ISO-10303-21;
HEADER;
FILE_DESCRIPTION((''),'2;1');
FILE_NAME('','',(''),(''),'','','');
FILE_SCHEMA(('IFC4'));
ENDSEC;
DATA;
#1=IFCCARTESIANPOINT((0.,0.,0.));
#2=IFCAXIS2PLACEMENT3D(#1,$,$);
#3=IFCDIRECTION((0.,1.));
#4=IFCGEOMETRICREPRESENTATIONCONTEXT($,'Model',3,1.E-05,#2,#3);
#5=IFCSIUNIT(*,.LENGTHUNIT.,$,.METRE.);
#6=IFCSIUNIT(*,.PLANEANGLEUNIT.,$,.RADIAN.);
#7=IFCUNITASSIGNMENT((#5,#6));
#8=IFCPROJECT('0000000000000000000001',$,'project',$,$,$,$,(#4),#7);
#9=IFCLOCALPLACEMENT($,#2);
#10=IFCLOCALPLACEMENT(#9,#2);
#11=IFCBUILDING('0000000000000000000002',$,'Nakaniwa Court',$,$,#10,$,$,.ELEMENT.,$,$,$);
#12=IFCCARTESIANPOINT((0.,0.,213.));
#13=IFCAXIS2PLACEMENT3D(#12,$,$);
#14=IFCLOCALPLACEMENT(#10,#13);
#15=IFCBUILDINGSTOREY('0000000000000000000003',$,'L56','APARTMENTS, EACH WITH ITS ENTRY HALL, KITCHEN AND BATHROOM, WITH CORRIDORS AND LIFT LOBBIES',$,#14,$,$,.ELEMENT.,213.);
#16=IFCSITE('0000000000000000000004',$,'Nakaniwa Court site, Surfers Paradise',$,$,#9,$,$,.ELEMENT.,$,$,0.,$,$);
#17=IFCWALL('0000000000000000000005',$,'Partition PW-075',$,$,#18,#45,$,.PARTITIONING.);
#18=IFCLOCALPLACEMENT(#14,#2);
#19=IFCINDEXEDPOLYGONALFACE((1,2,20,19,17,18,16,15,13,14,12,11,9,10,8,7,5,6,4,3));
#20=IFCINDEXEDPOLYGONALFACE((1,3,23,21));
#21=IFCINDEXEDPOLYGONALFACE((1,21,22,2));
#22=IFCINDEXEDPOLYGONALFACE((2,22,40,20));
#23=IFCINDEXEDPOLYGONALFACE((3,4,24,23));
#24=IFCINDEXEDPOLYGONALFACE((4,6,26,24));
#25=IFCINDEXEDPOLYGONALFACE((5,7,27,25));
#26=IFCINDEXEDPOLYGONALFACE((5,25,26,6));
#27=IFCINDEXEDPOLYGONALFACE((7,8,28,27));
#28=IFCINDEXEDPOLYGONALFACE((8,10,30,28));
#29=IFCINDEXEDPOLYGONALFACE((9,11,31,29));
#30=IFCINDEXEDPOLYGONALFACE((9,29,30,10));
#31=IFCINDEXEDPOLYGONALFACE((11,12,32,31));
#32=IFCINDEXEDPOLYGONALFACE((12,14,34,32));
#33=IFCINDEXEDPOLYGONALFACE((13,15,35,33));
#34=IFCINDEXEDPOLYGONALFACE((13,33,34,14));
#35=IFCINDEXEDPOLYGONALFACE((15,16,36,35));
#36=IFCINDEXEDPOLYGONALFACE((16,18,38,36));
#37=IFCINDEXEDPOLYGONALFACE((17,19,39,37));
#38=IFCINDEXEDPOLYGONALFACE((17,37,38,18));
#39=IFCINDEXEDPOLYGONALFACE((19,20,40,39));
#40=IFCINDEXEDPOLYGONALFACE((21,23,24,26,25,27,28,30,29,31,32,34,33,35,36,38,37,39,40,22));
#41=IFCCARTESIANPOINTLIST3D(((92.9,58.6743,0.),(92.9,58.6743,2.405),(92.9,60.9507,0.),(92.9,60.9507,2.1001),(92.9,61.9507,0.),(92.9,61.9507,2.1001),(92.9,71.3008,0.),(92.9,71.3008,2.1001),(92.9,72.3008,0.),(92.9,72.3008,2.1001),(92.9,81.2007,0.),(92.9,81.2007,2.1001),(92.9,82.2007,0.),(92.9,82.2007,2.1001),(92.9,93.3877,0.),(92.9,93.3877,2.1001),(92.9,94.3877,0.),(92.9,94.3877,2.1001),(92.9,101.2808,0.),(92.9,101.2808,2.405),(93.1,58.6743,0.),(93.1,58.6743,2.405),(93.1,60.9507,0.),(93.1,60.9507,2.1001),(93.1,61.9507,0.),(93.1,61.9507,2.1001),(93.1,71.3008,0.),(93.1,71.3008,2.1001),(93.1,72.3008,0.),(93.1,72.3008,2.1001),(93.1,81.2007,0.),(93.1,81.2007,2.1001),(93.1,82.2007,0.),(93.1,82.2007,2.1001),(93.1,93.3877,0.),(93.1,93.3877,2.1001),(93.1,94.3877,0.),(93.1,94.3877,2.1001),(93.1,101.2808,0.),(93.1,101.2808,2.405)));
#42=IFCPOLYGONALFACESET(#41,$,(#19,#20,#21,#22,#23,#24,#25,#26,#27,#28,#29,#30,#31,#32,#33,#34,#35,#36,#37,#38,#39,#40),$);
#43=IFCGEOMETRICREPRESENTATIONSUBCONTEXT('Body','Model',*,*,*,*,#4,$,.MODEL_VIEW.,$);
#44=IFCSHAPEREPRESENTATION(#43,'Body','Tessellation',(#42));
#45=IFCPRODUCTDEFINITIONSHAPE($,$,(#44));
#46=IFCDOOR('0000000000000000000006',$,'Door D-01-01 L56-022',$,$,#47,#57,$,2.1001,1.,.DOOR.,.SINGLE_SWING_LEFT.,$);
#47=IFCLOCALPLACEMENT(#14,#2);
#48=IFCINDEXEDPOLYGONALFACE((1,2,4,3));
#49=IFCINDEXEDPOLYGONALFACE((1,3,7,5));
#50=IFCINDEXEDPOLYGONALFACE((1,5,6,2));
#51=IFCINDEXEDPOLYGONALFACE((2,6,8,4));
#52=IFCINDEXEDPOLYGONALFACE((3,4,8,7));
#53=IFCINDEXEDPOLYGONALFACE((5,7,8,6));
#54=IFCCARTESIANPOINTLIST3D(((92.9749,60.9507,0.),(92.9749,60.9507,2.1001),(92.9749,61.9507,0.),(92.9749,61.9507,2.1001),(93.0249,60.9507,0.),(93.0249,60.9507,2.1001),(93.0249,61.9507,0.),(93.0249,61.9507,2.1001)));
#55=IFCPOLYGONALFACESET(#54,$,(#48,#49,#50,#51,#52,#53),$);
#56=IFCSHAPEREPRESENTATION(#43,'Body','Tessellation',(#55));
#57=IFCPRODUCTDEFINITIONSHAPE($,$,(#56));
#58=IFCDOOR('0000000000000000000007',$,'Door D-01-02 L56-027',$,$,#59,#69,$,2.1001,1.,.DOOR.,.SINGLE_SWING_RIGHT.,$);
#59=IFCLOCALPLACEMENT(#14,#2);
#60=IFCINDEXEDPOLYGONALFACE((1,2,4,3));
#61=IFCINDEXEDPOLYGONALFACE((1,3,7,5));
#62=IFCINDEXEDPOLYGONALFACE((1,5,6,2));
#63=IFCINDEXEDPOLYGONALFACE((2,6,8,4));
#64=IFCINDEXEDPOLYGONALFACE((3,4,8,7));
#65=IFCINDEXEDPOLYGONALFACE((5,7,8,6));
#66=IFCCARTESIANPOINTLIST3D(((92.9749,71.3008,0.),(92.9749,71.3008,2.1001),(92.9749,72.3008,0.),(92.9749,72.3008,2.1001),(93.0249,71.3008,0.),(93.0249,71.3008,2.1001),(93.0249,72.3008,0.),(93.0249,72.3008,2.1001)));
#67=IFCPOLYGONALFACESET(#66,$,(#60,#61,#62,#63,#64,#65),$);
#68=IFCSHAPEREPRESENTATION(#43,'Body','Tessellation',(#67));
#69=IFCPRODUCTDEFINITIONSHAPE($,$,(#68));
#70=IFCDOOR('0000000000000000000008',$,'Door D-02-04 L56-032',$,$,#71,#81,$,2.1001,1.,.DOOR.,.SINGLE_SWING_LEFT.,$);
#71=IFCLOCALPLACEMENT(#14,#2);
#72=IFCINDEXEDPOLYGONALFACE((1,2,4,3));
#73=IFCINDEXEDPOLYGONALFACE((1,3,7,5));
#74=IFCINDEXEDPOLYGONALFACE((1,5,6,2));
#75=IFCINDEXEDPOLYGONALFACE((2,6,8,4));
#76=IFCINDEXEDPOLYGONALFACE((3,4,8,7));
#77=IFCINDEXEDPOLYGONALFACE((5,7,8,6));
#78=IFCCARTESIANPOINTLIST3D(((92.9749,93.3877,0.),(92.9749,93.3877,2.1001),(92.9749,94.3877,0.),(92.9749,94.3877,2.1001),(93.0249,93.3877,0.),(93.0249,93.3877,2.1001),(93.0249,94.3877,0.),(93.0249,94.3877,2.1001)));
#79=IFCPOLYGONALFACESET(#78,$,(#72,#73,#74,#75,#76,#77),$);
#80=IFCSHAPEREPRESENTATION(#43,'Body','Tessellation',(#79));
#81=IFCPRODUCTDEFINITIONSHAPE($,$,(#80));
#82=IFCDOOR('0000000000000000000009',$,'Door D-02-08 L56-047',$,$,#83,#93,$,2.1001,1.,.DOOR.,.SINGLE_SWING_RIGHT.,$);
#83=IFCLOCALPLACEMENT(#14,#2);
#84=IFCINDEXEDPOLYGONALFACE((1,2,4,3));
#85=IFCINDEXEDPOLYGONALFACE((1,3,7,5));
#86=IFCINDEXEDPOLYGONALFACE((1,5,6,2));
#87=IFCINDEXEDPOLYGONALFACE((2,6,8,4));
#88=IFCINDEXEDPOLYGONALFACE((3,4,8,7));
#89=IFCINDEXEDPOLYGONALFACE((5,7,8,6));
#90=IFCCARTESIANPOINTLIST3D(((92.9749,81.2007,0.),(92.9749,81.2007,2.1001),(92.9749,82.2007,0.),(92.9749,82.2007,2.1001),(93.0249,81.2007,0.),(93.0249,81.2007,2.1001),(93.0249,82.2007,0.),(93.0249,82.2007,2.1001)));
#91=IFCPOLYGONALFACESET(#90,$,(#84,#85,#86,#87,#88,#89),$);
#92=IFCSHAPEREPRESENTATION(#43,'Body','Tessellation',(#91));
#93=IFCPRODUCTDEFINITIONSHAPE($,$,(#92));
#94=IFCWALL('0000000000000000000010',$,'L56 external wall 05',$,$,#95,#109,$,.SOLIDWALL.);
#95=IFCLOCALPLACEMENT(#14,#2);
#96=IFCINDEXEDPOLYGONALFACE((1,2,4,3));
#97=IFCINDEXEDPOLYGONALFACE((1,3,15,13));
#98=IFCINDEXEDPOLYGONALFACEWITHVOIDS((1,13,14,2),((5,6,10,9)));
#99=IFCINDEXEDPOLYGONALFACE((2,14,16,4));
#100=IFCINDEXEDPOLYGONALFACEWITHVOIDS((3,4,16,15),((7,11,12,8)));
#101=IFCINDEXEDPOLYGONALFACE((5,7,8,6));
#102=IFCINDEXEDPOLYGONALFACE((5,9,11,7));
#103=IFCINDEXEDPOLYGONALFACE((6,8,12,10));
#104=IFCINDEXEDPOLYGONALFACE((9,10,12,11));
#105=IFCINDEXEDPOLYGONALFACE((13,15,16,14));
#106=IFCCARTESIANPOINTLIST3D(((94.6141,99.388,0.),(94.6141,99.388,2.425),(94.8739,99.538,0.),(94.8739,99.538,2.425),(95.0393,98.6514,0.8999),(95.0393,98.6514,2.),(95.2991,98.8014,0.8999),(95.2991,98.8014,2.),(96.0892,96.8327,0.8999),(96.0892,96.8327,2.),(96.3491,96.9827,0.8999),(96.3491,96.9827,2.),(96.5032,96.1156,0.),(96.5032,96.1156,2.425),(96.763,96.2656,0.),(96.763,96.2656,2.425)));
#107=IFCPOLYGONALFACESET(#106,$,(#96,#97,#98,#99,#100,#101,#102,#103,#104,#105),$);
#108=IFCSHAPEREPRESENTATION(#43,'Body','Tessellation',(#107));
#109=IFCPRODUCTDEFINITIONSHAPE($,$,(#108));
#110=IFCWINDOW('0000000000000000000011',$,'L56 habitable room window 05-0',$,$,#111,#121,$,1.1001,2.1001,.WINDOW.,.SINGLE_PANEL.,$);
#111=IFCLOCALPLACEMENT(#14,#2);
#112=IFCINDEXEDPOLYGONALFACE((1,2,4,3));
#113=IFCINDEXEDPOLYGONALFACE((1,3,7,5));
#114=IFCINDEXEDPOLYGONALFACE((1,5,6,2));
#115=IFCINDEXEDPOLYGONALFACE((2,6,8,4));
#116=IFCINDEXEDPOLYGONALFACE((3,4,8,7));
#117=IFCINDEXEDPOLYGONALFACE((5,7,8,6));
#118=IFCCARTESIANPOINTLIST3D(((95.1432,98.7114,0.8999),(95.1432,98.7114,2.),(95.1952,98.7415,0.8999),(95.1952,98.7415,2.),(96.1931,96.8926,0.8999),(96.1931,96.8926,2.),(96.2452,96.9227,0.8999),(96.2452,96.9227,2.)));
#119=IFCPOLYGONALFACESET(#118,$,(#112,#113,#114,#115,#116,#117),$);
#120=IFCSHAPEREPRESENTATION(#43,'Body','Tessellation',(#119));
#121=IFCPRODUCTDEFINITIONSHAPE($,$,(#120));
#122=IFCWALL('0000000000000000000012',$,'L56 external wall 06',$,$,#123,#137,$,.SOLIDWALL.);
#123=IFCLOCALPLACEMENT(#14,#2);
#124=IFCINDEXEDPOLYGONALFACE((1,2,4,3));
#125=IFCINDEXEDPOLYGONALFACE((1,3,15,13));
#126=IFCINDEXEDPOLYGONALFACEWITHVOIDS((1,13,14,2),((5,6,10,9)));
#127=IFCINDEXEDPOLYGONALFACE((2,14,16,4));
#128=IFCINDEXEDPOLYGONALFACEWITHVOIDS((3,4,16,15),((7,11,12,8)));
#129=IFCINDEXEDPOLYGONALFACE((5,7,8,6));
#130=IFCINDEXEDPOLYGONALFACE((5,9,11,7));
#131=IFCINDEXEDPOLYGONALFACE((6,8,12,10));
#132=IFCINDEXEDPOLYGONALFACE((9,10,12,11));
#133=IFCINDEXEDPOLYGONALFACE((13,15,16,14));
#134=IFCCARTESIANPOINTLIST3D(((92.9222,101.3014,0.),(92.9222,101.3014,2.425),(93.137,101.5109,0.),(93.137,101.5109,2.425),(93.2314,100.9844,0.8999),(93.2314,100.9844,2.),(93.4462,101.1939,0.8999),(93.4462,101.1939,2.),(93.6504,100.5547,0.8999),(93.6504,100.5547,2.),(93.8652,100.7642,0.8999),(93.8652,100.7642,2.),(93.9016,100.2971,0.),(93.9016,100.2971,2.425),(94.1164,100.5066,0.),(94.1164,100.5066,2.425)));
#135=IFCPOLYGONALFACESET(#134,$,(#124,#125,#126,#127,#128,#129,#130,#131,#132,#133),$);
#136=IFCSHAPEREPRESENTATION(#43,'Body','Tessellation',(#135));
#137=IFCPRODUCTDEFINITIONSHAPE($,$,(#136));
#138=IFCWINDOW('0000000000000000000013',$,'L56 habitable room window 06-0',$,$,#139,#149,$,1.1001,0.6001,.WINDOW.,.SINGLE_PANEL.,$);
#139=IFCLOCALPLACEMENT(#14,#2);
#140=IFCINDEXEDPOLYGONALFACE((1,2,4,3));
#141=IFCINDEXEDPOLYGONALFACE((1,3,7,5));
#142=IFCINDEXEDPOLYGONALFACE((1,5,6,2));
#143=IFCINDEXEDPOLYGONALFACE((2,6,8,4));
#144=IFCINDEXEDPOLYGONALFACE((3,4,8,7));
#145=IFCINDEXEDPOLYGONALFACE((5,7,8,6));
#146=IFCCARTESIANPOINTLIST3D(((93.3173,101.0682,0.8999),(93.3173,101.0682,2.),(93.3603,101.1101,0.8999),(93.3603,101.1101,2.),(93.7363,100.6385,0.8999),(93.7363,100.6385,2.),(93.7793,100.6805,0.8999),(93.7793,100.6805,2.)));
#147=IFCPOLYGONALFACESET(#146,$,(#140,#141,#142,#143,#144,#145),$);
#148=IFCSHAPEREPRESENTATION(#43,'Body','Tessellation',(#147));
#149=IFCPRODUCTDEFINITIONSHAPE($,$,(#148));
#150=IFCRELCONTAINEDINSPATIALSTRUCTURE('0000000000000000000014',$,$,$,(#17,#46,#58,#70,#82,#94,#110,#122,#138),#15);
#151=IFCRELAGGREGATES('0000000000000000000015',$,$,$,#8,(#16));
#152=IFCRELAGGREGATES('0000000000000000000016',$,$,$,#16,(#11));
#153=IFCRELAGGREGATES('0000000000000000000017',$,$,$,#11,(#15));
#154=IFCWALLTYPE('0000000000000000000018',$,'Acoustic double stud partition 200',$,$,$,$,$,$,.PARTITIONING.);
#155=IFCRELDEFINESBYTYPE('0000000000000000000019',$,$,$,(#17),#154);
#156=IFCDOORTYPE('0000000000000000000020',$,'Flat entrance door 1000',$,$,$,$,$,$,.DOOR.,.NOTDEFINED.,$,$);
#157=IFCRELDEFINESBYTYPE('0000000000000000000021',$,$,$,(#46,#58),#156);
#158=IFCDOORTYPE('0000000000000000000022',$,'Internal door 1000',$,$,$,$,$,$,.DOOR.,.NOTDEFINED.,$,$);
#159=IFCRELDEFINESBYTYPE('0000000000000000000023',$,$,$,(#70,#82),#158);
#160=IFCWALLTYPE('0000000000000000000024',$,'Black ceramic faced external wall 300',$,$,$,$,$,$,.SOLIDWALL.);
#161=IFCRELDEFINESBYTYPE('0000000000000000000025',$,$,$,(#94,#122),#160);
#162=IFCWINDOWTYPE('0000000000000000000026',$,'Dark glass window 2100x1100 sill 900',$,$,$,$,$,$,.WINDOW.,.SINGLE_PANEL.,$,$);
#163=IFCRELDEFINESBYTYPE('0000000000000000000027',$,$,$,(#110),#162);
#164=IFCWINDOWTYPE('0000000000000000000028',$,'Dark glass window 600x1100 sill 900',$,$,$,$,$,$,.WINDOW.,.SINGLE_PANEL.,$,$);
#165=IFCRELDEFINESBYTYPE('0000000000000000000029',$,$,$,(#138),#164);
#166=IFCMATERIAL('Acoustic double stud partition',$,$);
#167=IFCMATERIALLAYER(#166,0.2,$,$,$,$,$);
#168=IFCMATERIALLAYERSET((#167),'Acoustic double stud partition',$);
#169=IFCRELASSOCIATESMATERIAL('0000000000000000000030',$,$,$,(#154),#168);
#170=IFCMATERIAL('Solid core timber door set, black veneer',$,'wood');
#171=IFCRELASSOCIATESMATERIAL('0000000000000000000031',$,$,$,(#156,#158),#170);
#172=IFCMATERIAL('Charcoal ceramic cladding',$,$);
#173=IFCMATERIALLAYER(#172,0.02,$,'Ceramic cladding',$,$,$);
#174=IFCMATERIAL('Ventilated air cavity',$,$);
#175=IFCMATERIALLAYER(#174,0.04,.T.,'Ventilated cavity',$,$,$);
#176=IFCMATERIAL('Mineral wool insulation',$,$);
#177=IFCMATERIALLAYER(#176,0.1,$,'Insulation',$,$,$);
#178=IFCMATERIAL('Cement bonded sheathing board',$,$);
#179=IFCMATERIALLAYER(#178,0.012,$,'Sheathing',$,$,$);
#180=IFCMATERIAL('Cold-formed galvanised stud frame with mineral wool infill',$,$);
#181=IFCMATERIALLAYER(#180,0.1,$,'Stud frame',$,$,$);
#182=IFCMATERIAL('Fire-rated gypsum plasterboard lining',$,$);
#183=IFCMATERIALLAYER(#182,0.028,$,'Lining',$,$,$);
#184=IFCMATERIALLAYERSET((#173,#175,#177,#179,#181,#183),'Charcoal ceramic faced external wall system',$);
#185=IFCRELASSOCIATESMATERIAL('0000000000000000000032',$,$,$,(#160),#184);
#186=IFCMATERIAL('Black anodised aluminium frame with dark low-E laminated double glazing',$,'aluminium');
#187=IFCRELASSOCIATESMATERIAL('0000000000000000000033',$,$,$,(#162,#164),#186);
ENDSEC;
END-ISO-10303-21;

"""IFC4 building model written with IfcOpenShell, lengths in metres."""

from ifc_helpers import new_model, si_unit, direction, frame, frame_2d, origin, place, context, subcontext, project, spatial, rectangle, extrude, material, layer, layer_set, type_object, element, fill, save


model = new_model("IFC4")

# Units and contexts
model_context = context("Model", 3, precision=1e-05, world=origin(), true_north=direction((0.0, 1.0)))
body_context = subcontext(model_context, "Body", "Model", "MODEL_VIEW")
ifc_project = project(units=[si_unit("LENGTHUNIT", "METRE"), si_unit("PLANEANGLEUNIT", "RADIAN")], contexts=[model_context])

# Site, building, storey
site_placement = place(None, origin())
site = spatial("IfcSite", under=ifc_project, at=site_placement, Name="Nakaniwa Court site, Surfers Paradise", CompositionType="ELEMENT", RefElevation=0.0)
building_placement = place(site_placement, origin())
building = spatial("IfcBuilding", under=site, at=building_placement, Name="Nakaniwa Court", CompositionType="ELEMENT")
storey_placement = place(building_placement, frame((0.0, 0.0, 213.0)))
storey = spatial("IfcBuildingStorey", under=building, at=storey_placement, Name="L56", Description="APARTMENTS, EACH WITH ITS ENTRY HALL, KITCHEN AND BATHROOM, WITH CORRIDORS AND LIFT LOBBIES", CompositionType="ELEMENT", Elevation=213.0)

# Wall, openings, doors
ifc_material_1 = material(Name="Acoustic double stud partition")
ifc_layer_1 = layer(ifc_material_1, 0.2)
ifc_layer_set_1 = layer_set([ifc_layer_1], Name="Acoustic double stud partition")
wall_type_1 = type_object("IfcWallType", Name="Acoustic double stud partition 200", PredefinedType="PARTITIONING", material=ifc_layer_set_1)
wall_1_placement = place(storey_placement, frame((93.0, 101.2808, 0.0), z_axis=(0.0, 0.0, 1.0), x_axis=(0.0, -1.0, 0.0)))
wall_1 = element("IfcWall", 1, at=wall_1_placement, inside=storey, type_object=wall_type_1, Name="Partition PW-075", PredefinedType="PARTITIONING", context=body_context, shape_type="SweptSolid", body=[
    extrude(rectangle(XDim=42.6064, YDim=0.2, at=frame_2d((21.3032, 0.0))), origin(), (0.0, 0.0, 1.0), 2.405),
])
opening_1_placement = place(wall_1_placement, frame((39.3301, 0.0, 0.0)))
opening_1 = element("IfcOpeningElement", 2, at=opening_1_placement, cuts=wall_1, PredefinedType="OPENING", context=body_context, shape_type="SweptSolid", body=[
    extrude(rectangle(XDim=1.0, YDim=2.1001, at=frame_2d((0.5, 1.05))), frame((0.0, 0.1099, 0.0), z_axis=(0.0, -1.0, 0.0), x_axis=(1.0, 0.0, 0.0)), (0.0, 0.0, 1.0), 0.22),
])
opening_2_placement = place(wall_1_placement, frame((28.98, 0.0, 0.0)))
opening_2 = element("IfcOpeningElement", 3, at=opening_2_placement, cuts=wall_1, PredefinedType="OPENING", context=body_context, shape_type="SweptSolid", body=[
    extrude(rectangle(XDim=1.0, YDim=2.1001, at=frame_2d((0.5, 1.05))), frame((0.0, 0.1099, 0.0), z_axis=(0.0, -1.0, 0.0), x_axis=(1.0, 0.0, 0.0)), (0.0, 0.0, 1.0), 0.22),
])
opening_3_placement = place(wall_1_placement, frame((6.8931, 0.0, 0.0)))
opening_3 = element("IfcOpeningElement", 4, at=opening_3_placement, cuts=wall_1, PredefinedType="OPENING", context=body_context, shape_type="SweptSolid", body=[
    extrude(rectangle(XDim=1.0, YDim=2.1001, at=frame_2d((0.5, 1.05))), frame((0.0, 0.1099, 0.0), z_axis=(0.0, -1.0, 0.0), x_axis=(1.0, 0.0, 0.0)), (0.0, 0.0, 1.0), 0.22),
])
opening_4_placement = place(wall_1_placement, frame((19.0801, 0.0, 0.0)))
opening_4 = element("IfcOpeningElement", 5, at=opening_4_placement, cuts=wall_1, PredefinedType="OPENING", context=body_context, shape_type="SweptSolid", body=[
    extrude(rectangle(XDim=1.0, YDim=2.1001, at=frame_2d((0.5, 1.05))), frame((0.0, 0.1099, 0.0), z_axis=(0.0, -1.0, 0.0), x_axis=(1.0, 0.0, 0.0)), (0.0, 0.0, 1.0), 0.22),
])
ifc_material_2 = material(Name="Solid core timber door set, black veneer", Category="wood")
door_type_1 = type_object("IfcDoorType", Name="Flat entrance door 1000", OperationType="NOTDEFINED", PredefinedType="DOOR", material=ifc_material_2)
door_1_placement = place(opening_1_placement, origin())
door_1 = element("IfcDoor", 6, at=door_1_placement, inside=storey, type_object=door_type_1, Name="Door D-01-01 L56-022", OperationType="SINGLE_SWING_LEFT", OverallHeight=2.1001, OverallWidth=1.0, PredefinedType="DOOR", context=body_context, shape_type="SweptSolid", body=[
    extrude(rectangle(XDim=1.0, YDim=2.1001, at=frame_2d((0.5, 1.05))), frame((0.0, 0.0249, 0.0), z_axis=(0.0, -1.0, 0.0), x_axis=(1.0, 0.0, 0.0)), (0.0, 0.0, 1.0), 0.05),
])
fill(opening_1, door_1)
door_2_placement = place(opening_2_placement, origin())
door_2 = element("IfcDoor", 7, at=door_2_placement, inside=storey, type_object=door_type_1, Name="Door D-01-02 L56-027", OperationType="SINGLE_SWING_RIGHT", OverallHeight=2.1001, OverallWidth=1.0, PredefinedType="DOOR", context=body_context, shape_type="SweptSolid", body=[
    extrude(rectangle(XDim=1.0, YDim=2.1001, at=frame_2d((0.5, 1.05))), frame((0.0, 0.0249, 0.0), z_axis=(0.0, -1.0, 0.0), x_axis=(1.0, 0.0, 0.0)), (0.0, 0.0, 1.0), 0.05),
])
fill(opening_2, door_2)
door_type_2 = type_object("IfcDoorType", Name="Internal door 1000", OperationType="NOTDEFINED", PredefinedType="DOOR", material=ifc_material_2)
door_3_placement = place(opening_3_placement, origin())
door_3 = element("IfcDoor", 8, at=door_3_placement, inside=storey, type_object=door_type_2, Name="Door D-02-04 L56-032", OperationType="SINGLE_SWING_LEFT", OverallHeight=2.1001, OverallWidth=1.0, PredefinedType="DOOR", context=body_context, shape_type="SweptSolid", body=[
    extrude(rectangle(XDim=1.0, YDim=2.1001, at=frame_2d((0.5, 1.05))), frame((0.0, 0.0249, 0.0), z_axis=(0.0, -1.0, 0.0), x_axis=(1.0, 0.0, 0.0)), (0.0, 0.0, 1.0), 0.05),
])
fill(opening_3, door_3)
door_4_placement = place(opening_4_placement, origin())
door_4 = element("IfcDoor", 9, at=door_4_placement, inside=storey, type_object=door_type_2, Name="Door D-02-08 L56-047", OperationType="SINGLE_SWING_RIGHT", OverallHeight=2.1001, OverallWidth=1.0, PredefinedType="DOOR", context=body_context, shape_type="SweptSolid", body=[
    extrude(rectangle(XDim=1.0, YDim=2.1001, at=frame_2d((0.5, 1.05))), frame((0.0, 0.0249, 0.0), z_axis=(0.0, -1.0, 0.0), x_axis=(1.0, 0.0, 0.0)), (0.0, 0.0, 1.0), 0.05),
])
fill(opening_4, door_4)

# Walls, openings, windows
ifc_material_3 = material(Name="Charcoal ceramic cladding")
ifc_layer_2 = layer(ifc_material_3, 0.02, Name="Ceramic cladding")
ifc_material_4 = material(Name="Ventilated air cavity")
ifc_layer_3 = layer(ifc_material_4, 0.04, ventilated=True, Name="Ventilated cavity")
ifc_material_5 = material(Name="Mineral wool insulation")
ifc_layer_4 = layer(ifc_material_5, 0.1, Name="Insulation")
ifc_material_6 = material(Name="Cement bonded sheathing board")
ifc_layer_5 = layer(ifc_material_6, 0.012, Name="Sheathing")
ifc_material_7 = material(Name="Cold-formed galvanised stud frame with mineral wool infill")
ifc_layer_6 = layer(ifc_material_7, 0.1, Name="Stud frame")
ifc_material_8 = material(Name="Fire-rated gypsum plasterboard lining")
ifc_layer_7 = layer(ifc_material_8, 0.028, Name="Lining")
ifc_layer_set_2 = layer_set([ifc_layer_2, ifc_layer_3, ifc_layer_4, ifc_layer_5, ifc_layer_6, ifc_layer_7], Name="Charcoal ceramic faced external wall system")
wall_type_2 = type_object("IfcWallType", Name="Black ceramic faced external wall 300", PredefinedType="SOLIDWALL", material=ifc_layer_set_2)
wall_2_placement = place(storey_placement, frame((96.6331, 96.1907, 0.0), z_axis=(0.0, 0.0, 1.0), x_axis=(-0.499961, 0.866048, 0.0)))
wall_2 = element("IfcWall", 10, at=wall_2_placement, inside=storey, type_object=wall_type_2, Name="L56 external wall 05", PredefinedType="SOLIDWALL", context=body_context, shape_type="SweptSolid", body=[
    extrude(rectangle(XDim=3.7786, YDim=0.3, at=frame_2d((1.8892, 0.0))), origin(), (0.0, 0.0, 1.0), 2.425),
])
opening_5_placement = place(wall_2_placement, frame((0.8279, 0.0, 0.8999)))
opening_5 = element("IfcOpeningElement", 11, at=opening_5_placement, cuts=wall_2, PredefinedType="OPENING", context=body_context, shape_type="SweptSolid", body=[
    extrude(rectangle(XDim=2.1001, YDim=1.1001, at=frame_2d((1.05, 0.55))), frame((0.0, 0.1599, 0.0), z_axis=(0.0, -1.0, 0.0), x_axis=(1.0, 0.0, 0.0)), (0.0, 0.0, 1.0), 0.3201),
])
ifc_material_9 = material(Name="Black anodised aluminium frame with dark low-E laminated double glazing", Category="aluminium")
window_type_1 = type_object("IfcWindowType", Name="Dark glass window 2100x1100 sill 900", PartitioningType="SINGLE_PANEL", PredefinedType="WINDOW", material=ifc_material_9)
window_1_placement = place(opening_5_placement, origin())
window_1 = element("IfcWindow", 12, at=window_1_placement, inside=storey, type_object=window_type_1, Name="L56 habitable room window 05-0", OverallHeight=1.1001, OverallWidth=2.1001, PartitioningType="SINGLE_PANEL", PredefinedType="WINDOW", context=body_context, shape_type="SweptSolid", body=[
    extrude(rectangle(XDim=2.1001, YDim=1.1001, at=frame_2d((1.05, 0.55))), frame((0.0, 0.03, 0.0), z_axis=(0.0, -1.0, 0.0), x_axis=(1.0, 0.0, 0.0)), (0.0, 0.0, 1.0), 0.0601),
])
fill(opening_5, window_1)
wall_3_placement = place(storey_placement, frame((94.009, 100.4019, 0.0), z_axis=(0.0, 0.0, 1.0), x_axis=(-0.698176, 0.715926, 0.0)))
wall_3 = element("IfcWall", 13, at=wall_3_placement, inside=storey, type_object=wall_type_2, Name="L56 external wall 06", PredefinedType="SOLIDWALL", context=body_context, shape_type="SweptSolid", body=[
    extrude(rectangle(XDim=1.4028, YDim=0.3, at=frame_2d((0.7014, 0.0))), origin(), (0.0, 0.0, 1.0), 2.425),
])
opening_6_placement = place(wall_3_placement, frame((0.3599, 0.0, 0.8999)))
opening_6 = element("IfcOpeningElement", 14, at=opening_6_placement, cuts=wall_3, PredefinedType="OPENING", context=body_context, shape_type="SweptSolid", body=[
    extrude(rectangle(XDim=0.6001, YDim=1.1001, at=frame_2d((0.3, 0.55))), frame((0.0, 0.1599, 0.0), z_axis=(0.0, -1.0, 0.0), x_axis=(1.0, 0.0, 0.0)), (0.0, 0.0, 1.0), 0.3201),
])
window_type_2 = type_object("IfcWindowType", Name="Dark glass window 600x1100 sill 900", PartitioningType="SINGLE_PANEL", PredefinedType="WINDOW", material=ifc_material_9)
window_2_placement = place(opening_6_placement, origin())
window_2 = element("IfcWindow", 15, at=window_2_placement, inside=storey, type_object=window_type_2, Name="L56 habitable room window 06-0", OverallHeight=1.1001, OverallWidth=0.6001, PartitioningType="SINGLE_PANEL", PredefinedType="WINDOW", context=body_context, shape_type="SweptSolid", body=[
    extrude(rectangle(XDim=0.6001, YDim=1.1001, at=frame_2d((0.3, 0.55))), frame((0.0, 0.03, 0.0), z_axis=(0.0, -1.0, 0.0), x_axis=(1.0, 0.0, 0.0)), (0.0, 0.0, 1.0), 0.0601),
])
fill(opening_6, window_2)

save(model, "model.ifc")
